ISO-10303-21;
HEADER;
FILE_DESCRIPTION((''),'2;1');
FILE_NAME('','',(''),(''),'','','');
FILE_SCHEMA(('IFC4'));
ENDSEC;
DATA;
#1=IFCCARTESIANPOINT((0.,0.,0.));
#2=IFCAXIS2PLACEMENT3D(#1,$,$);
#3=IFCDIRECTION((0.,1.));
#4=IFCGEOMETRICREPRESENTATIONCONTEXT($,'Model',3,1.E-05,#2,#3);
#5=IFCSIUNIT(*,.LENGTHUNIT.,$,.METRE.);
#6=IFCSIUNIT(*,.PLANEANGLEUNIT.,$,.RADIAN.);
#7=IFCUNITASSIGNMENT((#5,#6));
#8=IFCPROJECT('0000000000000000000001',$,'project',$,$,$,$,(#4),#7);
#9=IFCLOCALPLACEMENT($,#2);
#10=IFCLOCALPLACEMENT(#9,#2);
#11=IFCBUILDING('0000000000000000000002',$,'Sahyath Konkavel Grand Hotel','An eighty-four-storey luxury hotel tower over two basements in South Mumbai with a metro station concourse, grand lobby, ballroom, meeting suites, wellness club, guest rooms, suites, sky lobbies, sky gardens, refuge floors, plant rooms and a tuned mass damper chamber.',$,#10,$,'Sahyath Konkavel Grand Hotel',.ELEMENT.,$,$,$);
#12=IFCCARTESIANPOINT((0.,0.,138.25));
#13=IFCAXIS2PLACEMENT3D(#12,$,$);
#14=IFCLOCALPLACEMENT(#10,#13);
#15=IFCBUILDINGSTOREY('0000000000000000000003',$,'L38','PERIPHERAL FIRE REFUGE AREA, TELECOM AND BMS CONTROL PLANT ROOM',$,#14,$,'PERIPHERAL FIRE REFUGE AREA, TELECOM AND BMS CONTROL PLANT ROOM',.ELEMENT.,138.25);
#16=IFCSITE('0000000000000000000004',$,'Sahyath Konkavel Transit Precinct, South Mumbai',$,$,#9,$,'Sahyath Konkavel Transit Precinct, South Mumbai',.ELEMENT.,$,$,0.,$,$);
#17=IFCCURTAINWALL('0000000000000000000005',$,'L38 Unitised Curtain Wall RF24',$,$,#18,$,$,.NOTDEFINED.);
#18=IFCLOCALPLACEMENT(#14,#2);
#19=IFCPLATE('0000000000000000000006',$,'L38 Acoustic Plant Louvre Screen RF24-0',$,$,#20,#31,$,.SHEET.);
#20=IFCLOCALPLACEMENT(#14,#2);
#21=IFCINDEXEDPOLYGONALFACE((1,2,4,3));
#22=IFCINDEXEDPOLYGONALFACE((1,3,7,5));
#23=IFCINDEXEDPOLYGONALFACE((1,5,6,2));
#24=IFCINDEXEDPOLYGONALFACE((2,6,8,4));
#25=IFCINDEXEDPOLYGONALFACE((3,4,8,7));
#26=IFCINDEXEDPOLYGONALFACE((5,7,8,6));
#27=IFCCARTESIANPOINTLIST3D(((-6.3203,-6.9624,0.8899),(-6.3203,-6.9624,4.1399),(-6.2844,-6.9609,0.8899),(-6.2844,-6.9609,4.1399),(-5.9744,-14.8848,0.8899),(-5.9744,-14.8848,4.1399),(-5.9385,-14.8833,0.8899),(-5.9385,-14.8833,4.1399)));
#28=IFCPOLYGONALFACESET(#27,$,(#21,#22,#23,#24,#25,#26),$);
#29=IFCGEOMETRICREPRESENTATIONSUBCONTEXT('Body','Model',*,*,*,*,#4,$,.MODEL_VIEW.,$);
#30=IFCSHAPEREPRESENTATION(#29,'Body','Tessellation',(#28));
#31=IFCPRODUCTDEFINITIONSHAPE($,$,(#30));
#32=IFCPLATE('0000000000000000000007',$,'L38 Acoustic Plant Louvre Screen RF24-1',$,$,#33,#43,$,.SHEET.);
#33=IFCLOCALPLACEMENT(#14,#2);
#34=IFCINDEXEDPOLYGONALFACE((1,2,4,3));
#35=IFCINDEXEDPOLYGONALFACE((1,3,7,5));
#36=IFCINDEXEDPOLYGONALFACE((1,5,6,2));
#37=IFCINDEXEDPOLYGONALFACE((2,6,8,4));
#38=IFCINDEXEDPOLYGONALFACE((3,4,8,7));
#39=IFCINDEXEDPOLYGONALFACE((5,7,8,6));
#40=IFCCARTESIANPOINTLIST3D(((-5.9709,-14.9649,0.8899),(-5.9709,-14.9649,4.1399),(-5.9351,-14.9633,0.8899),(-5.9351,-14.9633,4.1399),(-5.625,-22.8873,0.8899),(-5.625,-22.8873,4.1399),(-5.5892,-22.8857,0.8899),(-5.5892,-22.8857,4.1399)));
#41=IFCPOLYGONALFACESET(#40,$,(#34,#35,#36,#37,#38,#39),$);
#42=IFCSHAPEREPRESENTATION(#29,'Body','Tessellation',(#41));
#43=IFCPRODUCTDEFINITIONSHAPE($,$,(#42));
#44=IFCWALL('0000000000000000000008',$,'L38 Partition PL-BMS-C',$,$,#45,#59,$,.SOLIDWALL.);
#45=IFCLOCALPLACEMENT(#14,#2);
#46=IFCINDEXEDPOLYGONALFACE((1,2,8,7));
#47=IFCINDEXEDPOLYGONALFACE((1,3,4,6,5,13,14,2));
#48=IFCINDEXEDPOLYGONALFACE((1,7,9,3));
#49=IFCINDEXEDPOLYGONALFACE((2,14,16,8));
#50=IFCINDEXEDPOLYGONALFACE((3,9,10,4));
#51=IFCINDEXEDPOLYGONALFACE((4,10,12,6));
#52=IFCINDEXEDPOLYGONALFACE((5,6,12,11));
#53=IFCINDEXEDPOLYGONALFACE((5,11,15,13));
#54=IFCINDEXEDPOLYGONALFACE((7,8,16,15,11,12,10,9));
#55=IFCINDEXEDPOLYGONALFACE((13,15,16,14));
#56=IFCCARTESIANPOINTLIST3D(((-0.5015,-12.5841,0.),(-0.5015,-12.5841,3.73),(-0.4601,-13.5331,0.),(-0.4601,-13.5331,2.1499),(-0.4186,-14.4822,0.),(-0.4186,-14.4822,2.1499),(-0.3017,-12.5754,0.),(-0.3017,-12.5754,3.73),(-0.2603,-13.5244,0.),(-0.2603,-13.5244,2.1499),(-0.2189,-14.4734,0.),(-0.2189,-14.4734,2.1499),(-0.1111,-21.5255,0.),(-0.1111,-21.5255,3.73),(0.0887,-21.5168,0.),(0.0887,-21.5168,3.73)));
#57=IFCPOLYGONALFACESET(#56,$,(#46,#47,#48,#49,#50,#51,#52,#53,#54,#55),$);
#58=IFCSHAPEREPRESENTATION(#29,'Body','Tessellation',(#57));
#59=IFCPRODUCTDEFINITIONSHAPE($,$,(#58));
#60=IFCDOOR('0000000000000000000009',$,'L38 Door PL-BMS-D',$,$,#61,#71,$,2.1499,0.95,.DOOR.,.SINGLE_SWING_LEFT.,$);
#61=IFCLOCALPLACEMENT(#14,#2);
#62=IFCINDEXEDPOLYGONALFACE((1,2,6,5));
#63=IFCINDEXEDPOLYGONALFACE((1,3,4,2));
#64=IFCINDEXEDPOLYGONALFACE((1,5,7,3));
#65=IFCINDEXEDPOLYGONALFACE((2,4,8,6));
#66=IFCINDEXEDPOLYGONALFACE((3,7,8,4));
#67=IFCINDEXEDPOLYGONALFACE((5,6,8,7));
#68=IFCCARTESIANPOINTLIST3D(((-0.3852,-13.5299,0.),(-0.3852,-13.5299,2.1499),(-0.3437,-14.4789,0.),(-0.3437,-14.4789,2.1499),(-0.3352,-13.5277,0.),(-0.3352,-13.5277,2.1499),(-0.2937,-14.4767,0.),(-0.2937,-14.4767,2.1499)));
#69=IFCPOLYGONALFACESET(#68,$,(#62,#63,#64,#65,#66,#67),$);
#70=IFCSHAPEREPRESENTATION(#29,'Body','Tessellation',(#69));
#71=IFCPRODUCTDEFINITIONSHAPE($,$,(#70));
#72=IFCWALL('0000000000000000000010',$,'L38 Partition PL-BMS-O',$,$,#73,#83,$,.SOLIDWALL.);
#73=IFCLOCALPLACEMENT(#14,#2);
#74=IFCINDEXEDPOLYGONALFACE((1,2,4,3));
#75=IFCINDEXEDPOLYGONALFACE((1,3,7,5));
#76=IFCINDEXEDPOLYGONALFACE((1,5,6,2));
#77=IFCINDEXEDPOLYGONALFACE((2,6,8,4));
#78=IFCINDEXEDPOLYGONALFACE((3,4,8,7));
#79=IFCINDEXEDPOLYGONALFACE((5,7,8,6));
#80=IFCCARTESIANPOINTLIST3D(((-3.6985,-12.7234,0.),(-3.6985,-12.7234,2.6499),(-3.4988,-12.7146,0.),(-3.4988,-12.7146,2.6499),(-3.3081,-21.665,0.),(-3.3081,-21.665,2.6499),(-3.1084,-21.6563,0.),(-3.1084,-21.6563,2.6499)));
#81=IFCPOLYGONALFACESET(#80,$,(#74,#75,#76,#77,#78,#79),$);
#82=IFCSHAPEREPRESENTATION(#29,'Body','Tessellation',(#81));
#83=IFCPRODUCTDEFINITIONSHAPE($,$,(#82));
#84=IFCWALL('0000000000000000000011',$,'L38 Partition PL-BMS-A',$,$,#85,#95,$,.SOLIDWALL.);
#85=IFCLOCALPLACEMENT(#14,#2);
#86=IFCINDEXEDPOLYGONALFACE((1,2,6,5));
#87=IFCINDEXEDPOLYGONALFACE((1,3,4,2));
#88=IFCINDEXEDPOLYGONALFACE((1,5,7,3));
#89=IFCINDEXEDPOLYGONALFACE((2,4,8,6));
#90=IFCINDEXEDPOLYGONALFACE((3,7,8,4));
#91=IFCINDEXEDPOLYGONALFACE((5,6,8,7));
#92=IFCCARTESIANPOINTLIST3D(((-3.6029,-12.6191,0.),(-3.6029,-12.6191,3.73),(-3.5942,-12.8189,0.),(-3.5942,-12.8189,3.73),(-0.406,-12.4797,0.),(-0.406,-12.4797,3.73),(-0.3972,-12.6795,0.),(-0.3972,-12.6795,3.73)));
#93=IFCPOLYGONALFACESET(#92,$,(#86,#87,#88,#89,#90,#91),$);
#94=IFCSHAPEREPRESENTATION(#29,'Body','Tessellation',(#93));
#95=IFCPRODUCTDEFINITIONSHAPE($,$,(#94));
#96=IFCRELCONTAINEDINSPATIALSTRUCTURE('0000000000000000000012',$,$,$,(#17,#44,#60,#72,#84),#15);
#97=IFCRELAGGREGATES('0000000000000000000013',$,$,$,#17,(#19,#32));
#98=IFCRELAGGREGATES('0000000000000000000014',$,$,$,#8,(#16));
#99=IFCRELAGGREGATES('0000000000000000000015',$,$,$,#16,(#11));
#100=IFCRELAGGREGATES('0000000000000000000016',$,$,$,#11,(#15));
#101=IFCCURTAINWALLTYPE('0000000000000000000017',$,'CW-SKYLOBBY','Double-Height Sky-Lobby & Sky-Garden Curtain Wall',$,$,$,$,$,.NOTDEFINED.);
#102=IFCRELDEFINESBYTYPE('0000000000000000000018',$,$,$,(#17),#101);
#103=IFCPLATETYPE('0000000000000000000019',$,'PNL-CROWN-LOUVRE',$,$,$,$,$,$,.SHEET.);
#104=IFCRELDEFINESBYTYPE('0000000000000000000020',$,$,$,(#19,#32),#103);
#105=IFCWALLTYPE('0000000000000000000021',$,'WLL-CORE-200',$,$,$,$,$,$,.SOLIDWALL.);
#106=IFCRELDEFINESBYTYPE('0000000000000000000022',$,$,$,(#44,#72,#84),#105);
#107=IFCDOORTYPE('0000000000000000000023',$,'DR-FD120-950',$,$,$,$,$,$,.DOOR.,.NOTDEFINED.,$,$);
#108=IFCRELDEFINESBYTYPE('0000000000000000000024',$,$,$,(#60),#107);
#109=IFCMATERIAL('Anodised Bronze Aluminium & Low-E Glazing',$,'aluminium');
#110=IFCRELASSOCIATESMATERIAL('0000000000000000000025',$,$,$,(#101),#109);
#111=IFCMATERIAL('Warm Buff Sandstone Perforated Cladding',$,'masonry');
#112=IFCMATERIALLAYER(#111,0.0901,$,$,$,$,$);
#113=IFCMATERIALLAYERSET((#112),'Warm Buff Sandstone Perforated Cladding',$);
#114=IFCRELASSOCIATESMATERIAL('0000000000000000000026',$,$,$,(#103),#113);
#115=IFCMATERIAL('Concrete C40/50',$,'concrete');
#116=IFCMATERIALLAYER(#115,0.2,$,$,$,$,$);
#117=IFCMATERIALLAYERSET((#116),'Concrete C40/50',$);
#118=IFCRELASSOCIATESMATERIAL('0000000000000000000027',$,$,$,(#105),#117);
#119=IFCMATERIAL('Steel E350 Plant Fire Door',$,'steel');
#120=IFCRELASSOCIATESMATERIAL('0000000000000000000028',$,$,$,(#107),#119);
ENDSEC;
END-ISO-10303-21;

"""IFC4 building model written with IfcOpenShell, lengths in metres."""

from ifc_helpers import new_model, si_unit, direction, frame, frame_2d, origin, origin_2d, place, context, subcontext, project, spatial, rectangle, extrude, source, transform, mapped, material, layer, layer_set, type_object, element, fill, aggregate, save


model = new_model("IFC4")

# Units and contexts
model_context = context("Model", 3, precision=1e-05, world=origin(), true_north=direction((0.0, 1.0)))
body_context = subcontext(model_context, "Body", "Model", "MODEL_VIEW")
ifc_project = project(units=[si_unit("LENGTHUNIT", "METRE"), si_unit("PLANEANGLEUNIT", "RADIAN")], contexts=[model_context])

# Site, building, storey
site_placement = place(None, origin())
site = spatial("IfcSite", under=ifc_project, at=site_placement, Name="Sahyath Konkavel Transit Precinct, South Mumbai", LongName="Sahyath Konkavel Transit Precinct, South Mumbai", CompositionType="ELEMENT", RefElevation=0.0)
building_placement = place(site_placement, origin())
building = spatial("IfcBuilding", under=site, at=building_placement, Name="Sahyath Konkavel Grand Hotel", Description="An eighty-four-storey luxury hotel tower over two basements in South Mumbai with a metro station concourse, grand lobby, ballroom, meeting suites, wellness club, guest rooms, suites, sky lobbies, sky gardens, refuge floors, plant rooms and a tuned mass damper chamber.", LongName="Sahyath Konkavel Grand Hotel", CompositionType="ELEMENT")
storey_placement = place(building_placement, frame((0.0, 0.0, 138.25)))
storey = spatial("IfcBuildingStorey", under=building, at=storey_placement, Name="L38", Description="PERIPHERAL FIRE REFUGE AREA, TELECOM AND BMS CONTROL PLANT ROOM", LongName="PERIPHERAL FIRE REFUGE AREA, TELECOM AND BMS CONTROL PLANT ROOM", CompositionType="ELEMENT", Elevation=138.25)

# Curtain wall
ifc_material_1 = material(Name="Anodised Bronze Aluminium & Low-E Glazing", Category="aluminium")
curtain_wall_type = type_object("IfcCurtainWallType", Name="CW-SKYLOBBY", Description="Double-Height Sky-Lobby & Sky-Garden Curtain Wall", PredefinedType="NOTDEFINED", material=ifc_material_1)
curtain_wall_placement = place(storey_placement, origin())
curtain_wall = element("IfcCurtainWall", 1, at=curtain_wall_placement, inside=storey, type_object=curtain_wall_type, Name="L38 Unitised Curtain Wall RF24", PredefinedType="NOTDEFINED")

# Plates
ifc_material_2 = material(Name="Warm Buff Sandstone Perforated Cladding", Category="masonry")
ifc_layer_1 = layer(ifc_material_2, 0.0901)
ifc_layer_set_1 = layer_set([ifc_layer_1], Name="Warm Buff Sandstone Perforated Cladding")
plate_type_1 = type_object("IfcPlateType", Name="PNL-CROWN-LOUVRE", PredefinedType="SHEET", material=ifc_layer_set_1)
shared_shape_1 = source(origin(), body_context, "Body", "SweptSolid", [
    extrude(rectangle(XDim=7.9299, YDim=0.0359, at=origin_2d()), origin(), (0.0, 0.0, 1.0), 3.25),
])
plate_1_placement = place(storey_placement, frame((-6.1294, -10.9229, 0.8899), z_axis=(0.0, 0.0, 1.0), x_axis=(0.043619, -0.999048, 0.0)))
plate_1 = element("IfcPlate", 2, at=plate_1_placement, type_object=plate_type_1, Name="L38 Acoustic Plant Louvre Screen RF24-0", PredefinedType="SHEET", context=body_context, shape_type="MappedRepresentation", body=[
    mapped(shared_shape_1, transform((0.0, 0.0, 0.0), scale=1.0)),
])
plate_2_placement = place(storey_placement, frame((-5.78, -18.9253, 0.8899), z_axis=(0.0, 0.0, 1.0), x_axis=(0.043619, -0.999048, 0.0)))
plate_2 = element("IfcPlate", 3, at=plate_2_placement, type_object=plate_type_1, Name="L38 Acoustic Plant Louvre Screen RF24-1", PredefinedType="SHEET", context=body_context, shape_type="MappedRepresentation", body=[
    mapped(shared_shape_1, transform((0.0, 0.0, 0.0), scale=1.0)),
])
aggregate(curtain_wall, [plate_1, plate_2])

# Wall, opening, door
ifc_material_3 = material(Name="Concrete C40/50", Category="concrete")
ifc_layer_2 = layer(ifc_material_3, 0.2)
ifc_layer_set_2 = layer_set([ifc_layer_2], Name="Concrete C40/50")
wall_type = type_object("IfcWallType", Name="WLL-CORE-200", PredefinedType="SOLIDWALL", material=ifc_layer_set_2)
wall_1_placement = place(storey_placement, frame((-0.4016, -12.5796, 0.0), z_axis=(0.0, 0.0, 1.0), x_axis=(0.043618, -0.999048, 0.0)))
wall_1 = element("IfcWall", 4, at=wall_1_placement, inside=storey, type_object=wall_type, Name="L38 Partition PL-BMS-C", PredefinedType="SOLIDWALL", context=body_context, shape_type="SweptSolid", body=[
    extrude(rectangle(XDim=8.95, YDim=0.2, at=frame_2d((4.4751, 0.0))), origin(), (0.0, 0.0, 1.0), 3.73),
])
opening_placement = place(wall_1_placement, frame((0.95, 0.0, 0.0)))
opening = element("IfcOpeningElement", 5, at=opening_placement, cuts=wall_1, PredefinedType="OPENING", context=body_context, shape_type="SweptSolid", body=[
    extrude(rectangle(XDim=0.95, YDim=2.1499, at=frame_2d((0.4751, 1.075))), frame((0.0, 0.1099, 0.0), z_axis=(0.0, -1.0, 0.0), x_axis=(1.0, 0.0, 0.0)), (0.0, 0.0, 1.0), 0.22),
])
ifc_material_4 = material(Name="Steel E350 Plant Fire Door", Category="steel")
door_type = type_object("IfcDoorType", Name="DR-FD120-950", OperationType="NOTDEFINED", PredefinedType="DOOR", material=ifc_material_4)
shared_shape_2 = source(origin(), body_context, "Body", "SweptSolid", [
    extrude(rectangle(XDim=0.95, YDim=0.05, at=origin_2d()), origin(), (0.0, 0.0, 1.0), 2.1499),
])
door_placement = place(opening_placement, frame((0.4751, 0.0, 0.0)))
door = element("IfcDoor", 6, at=door_placement, inside=storey, type_object=door_type, Name="L38 Door PL-BMS-D", OperationType="SINGLE_SWING_LEFT", OverallHeight=2.1499, OverallWidth=0.95, PredefinedType="DOOR", context=body_context, shape_type="MappedRepresentation", body=[
    mapped(shared_shape_2, transform((0.0, 0.0, 0.0), scale=1.0)),
])
fill(opening, door)

# Walls
wall_2_placement = place(storey_placement, frame((-3.5986, -12.719, 0.0), z_axis=(0.0, 0.0, 1.0), x_axis=(0.043617, -0.999048, 0.0)))
element("IfcWall", 7, at=wall_2_placement, inside=storey, type_object=wall_type, Name="L38 Partition PL-BMS-O", PredefinedType="SOLIDWALL", context=body_context, shape_type="SweptSolid", body=[
    extrude(rectangle(XDim=8.9502, YDim=0.2, at=frame_2d((4.4751, 0.0))), origin(), (0.0, 0.0, 1.0), 2.6499),
])
wall_3_placement = place(storey_placement, frame((-3.5986, -12.719, 0.0), z_axis=(0.0, 0.0, 1.0), x_axis=(0.999051, 0.043563, 0.0)))
element("IfcWall", 8, at=wall_3_placement, inside=storey, type_object=wall_type, Name="L38 Partition PL-BMS-A", PredefinedType="SOLIDWALL", context=body_context, shape_type="SweptSolid", body=[
    extrude(rectangle(XDim=3.2, YDim=0.2, at=frame_2d((1.6001, 0.0))), origin(), (0.0, 0.0, 1.0), 3.73),
])

save(model, "model.ifc")
